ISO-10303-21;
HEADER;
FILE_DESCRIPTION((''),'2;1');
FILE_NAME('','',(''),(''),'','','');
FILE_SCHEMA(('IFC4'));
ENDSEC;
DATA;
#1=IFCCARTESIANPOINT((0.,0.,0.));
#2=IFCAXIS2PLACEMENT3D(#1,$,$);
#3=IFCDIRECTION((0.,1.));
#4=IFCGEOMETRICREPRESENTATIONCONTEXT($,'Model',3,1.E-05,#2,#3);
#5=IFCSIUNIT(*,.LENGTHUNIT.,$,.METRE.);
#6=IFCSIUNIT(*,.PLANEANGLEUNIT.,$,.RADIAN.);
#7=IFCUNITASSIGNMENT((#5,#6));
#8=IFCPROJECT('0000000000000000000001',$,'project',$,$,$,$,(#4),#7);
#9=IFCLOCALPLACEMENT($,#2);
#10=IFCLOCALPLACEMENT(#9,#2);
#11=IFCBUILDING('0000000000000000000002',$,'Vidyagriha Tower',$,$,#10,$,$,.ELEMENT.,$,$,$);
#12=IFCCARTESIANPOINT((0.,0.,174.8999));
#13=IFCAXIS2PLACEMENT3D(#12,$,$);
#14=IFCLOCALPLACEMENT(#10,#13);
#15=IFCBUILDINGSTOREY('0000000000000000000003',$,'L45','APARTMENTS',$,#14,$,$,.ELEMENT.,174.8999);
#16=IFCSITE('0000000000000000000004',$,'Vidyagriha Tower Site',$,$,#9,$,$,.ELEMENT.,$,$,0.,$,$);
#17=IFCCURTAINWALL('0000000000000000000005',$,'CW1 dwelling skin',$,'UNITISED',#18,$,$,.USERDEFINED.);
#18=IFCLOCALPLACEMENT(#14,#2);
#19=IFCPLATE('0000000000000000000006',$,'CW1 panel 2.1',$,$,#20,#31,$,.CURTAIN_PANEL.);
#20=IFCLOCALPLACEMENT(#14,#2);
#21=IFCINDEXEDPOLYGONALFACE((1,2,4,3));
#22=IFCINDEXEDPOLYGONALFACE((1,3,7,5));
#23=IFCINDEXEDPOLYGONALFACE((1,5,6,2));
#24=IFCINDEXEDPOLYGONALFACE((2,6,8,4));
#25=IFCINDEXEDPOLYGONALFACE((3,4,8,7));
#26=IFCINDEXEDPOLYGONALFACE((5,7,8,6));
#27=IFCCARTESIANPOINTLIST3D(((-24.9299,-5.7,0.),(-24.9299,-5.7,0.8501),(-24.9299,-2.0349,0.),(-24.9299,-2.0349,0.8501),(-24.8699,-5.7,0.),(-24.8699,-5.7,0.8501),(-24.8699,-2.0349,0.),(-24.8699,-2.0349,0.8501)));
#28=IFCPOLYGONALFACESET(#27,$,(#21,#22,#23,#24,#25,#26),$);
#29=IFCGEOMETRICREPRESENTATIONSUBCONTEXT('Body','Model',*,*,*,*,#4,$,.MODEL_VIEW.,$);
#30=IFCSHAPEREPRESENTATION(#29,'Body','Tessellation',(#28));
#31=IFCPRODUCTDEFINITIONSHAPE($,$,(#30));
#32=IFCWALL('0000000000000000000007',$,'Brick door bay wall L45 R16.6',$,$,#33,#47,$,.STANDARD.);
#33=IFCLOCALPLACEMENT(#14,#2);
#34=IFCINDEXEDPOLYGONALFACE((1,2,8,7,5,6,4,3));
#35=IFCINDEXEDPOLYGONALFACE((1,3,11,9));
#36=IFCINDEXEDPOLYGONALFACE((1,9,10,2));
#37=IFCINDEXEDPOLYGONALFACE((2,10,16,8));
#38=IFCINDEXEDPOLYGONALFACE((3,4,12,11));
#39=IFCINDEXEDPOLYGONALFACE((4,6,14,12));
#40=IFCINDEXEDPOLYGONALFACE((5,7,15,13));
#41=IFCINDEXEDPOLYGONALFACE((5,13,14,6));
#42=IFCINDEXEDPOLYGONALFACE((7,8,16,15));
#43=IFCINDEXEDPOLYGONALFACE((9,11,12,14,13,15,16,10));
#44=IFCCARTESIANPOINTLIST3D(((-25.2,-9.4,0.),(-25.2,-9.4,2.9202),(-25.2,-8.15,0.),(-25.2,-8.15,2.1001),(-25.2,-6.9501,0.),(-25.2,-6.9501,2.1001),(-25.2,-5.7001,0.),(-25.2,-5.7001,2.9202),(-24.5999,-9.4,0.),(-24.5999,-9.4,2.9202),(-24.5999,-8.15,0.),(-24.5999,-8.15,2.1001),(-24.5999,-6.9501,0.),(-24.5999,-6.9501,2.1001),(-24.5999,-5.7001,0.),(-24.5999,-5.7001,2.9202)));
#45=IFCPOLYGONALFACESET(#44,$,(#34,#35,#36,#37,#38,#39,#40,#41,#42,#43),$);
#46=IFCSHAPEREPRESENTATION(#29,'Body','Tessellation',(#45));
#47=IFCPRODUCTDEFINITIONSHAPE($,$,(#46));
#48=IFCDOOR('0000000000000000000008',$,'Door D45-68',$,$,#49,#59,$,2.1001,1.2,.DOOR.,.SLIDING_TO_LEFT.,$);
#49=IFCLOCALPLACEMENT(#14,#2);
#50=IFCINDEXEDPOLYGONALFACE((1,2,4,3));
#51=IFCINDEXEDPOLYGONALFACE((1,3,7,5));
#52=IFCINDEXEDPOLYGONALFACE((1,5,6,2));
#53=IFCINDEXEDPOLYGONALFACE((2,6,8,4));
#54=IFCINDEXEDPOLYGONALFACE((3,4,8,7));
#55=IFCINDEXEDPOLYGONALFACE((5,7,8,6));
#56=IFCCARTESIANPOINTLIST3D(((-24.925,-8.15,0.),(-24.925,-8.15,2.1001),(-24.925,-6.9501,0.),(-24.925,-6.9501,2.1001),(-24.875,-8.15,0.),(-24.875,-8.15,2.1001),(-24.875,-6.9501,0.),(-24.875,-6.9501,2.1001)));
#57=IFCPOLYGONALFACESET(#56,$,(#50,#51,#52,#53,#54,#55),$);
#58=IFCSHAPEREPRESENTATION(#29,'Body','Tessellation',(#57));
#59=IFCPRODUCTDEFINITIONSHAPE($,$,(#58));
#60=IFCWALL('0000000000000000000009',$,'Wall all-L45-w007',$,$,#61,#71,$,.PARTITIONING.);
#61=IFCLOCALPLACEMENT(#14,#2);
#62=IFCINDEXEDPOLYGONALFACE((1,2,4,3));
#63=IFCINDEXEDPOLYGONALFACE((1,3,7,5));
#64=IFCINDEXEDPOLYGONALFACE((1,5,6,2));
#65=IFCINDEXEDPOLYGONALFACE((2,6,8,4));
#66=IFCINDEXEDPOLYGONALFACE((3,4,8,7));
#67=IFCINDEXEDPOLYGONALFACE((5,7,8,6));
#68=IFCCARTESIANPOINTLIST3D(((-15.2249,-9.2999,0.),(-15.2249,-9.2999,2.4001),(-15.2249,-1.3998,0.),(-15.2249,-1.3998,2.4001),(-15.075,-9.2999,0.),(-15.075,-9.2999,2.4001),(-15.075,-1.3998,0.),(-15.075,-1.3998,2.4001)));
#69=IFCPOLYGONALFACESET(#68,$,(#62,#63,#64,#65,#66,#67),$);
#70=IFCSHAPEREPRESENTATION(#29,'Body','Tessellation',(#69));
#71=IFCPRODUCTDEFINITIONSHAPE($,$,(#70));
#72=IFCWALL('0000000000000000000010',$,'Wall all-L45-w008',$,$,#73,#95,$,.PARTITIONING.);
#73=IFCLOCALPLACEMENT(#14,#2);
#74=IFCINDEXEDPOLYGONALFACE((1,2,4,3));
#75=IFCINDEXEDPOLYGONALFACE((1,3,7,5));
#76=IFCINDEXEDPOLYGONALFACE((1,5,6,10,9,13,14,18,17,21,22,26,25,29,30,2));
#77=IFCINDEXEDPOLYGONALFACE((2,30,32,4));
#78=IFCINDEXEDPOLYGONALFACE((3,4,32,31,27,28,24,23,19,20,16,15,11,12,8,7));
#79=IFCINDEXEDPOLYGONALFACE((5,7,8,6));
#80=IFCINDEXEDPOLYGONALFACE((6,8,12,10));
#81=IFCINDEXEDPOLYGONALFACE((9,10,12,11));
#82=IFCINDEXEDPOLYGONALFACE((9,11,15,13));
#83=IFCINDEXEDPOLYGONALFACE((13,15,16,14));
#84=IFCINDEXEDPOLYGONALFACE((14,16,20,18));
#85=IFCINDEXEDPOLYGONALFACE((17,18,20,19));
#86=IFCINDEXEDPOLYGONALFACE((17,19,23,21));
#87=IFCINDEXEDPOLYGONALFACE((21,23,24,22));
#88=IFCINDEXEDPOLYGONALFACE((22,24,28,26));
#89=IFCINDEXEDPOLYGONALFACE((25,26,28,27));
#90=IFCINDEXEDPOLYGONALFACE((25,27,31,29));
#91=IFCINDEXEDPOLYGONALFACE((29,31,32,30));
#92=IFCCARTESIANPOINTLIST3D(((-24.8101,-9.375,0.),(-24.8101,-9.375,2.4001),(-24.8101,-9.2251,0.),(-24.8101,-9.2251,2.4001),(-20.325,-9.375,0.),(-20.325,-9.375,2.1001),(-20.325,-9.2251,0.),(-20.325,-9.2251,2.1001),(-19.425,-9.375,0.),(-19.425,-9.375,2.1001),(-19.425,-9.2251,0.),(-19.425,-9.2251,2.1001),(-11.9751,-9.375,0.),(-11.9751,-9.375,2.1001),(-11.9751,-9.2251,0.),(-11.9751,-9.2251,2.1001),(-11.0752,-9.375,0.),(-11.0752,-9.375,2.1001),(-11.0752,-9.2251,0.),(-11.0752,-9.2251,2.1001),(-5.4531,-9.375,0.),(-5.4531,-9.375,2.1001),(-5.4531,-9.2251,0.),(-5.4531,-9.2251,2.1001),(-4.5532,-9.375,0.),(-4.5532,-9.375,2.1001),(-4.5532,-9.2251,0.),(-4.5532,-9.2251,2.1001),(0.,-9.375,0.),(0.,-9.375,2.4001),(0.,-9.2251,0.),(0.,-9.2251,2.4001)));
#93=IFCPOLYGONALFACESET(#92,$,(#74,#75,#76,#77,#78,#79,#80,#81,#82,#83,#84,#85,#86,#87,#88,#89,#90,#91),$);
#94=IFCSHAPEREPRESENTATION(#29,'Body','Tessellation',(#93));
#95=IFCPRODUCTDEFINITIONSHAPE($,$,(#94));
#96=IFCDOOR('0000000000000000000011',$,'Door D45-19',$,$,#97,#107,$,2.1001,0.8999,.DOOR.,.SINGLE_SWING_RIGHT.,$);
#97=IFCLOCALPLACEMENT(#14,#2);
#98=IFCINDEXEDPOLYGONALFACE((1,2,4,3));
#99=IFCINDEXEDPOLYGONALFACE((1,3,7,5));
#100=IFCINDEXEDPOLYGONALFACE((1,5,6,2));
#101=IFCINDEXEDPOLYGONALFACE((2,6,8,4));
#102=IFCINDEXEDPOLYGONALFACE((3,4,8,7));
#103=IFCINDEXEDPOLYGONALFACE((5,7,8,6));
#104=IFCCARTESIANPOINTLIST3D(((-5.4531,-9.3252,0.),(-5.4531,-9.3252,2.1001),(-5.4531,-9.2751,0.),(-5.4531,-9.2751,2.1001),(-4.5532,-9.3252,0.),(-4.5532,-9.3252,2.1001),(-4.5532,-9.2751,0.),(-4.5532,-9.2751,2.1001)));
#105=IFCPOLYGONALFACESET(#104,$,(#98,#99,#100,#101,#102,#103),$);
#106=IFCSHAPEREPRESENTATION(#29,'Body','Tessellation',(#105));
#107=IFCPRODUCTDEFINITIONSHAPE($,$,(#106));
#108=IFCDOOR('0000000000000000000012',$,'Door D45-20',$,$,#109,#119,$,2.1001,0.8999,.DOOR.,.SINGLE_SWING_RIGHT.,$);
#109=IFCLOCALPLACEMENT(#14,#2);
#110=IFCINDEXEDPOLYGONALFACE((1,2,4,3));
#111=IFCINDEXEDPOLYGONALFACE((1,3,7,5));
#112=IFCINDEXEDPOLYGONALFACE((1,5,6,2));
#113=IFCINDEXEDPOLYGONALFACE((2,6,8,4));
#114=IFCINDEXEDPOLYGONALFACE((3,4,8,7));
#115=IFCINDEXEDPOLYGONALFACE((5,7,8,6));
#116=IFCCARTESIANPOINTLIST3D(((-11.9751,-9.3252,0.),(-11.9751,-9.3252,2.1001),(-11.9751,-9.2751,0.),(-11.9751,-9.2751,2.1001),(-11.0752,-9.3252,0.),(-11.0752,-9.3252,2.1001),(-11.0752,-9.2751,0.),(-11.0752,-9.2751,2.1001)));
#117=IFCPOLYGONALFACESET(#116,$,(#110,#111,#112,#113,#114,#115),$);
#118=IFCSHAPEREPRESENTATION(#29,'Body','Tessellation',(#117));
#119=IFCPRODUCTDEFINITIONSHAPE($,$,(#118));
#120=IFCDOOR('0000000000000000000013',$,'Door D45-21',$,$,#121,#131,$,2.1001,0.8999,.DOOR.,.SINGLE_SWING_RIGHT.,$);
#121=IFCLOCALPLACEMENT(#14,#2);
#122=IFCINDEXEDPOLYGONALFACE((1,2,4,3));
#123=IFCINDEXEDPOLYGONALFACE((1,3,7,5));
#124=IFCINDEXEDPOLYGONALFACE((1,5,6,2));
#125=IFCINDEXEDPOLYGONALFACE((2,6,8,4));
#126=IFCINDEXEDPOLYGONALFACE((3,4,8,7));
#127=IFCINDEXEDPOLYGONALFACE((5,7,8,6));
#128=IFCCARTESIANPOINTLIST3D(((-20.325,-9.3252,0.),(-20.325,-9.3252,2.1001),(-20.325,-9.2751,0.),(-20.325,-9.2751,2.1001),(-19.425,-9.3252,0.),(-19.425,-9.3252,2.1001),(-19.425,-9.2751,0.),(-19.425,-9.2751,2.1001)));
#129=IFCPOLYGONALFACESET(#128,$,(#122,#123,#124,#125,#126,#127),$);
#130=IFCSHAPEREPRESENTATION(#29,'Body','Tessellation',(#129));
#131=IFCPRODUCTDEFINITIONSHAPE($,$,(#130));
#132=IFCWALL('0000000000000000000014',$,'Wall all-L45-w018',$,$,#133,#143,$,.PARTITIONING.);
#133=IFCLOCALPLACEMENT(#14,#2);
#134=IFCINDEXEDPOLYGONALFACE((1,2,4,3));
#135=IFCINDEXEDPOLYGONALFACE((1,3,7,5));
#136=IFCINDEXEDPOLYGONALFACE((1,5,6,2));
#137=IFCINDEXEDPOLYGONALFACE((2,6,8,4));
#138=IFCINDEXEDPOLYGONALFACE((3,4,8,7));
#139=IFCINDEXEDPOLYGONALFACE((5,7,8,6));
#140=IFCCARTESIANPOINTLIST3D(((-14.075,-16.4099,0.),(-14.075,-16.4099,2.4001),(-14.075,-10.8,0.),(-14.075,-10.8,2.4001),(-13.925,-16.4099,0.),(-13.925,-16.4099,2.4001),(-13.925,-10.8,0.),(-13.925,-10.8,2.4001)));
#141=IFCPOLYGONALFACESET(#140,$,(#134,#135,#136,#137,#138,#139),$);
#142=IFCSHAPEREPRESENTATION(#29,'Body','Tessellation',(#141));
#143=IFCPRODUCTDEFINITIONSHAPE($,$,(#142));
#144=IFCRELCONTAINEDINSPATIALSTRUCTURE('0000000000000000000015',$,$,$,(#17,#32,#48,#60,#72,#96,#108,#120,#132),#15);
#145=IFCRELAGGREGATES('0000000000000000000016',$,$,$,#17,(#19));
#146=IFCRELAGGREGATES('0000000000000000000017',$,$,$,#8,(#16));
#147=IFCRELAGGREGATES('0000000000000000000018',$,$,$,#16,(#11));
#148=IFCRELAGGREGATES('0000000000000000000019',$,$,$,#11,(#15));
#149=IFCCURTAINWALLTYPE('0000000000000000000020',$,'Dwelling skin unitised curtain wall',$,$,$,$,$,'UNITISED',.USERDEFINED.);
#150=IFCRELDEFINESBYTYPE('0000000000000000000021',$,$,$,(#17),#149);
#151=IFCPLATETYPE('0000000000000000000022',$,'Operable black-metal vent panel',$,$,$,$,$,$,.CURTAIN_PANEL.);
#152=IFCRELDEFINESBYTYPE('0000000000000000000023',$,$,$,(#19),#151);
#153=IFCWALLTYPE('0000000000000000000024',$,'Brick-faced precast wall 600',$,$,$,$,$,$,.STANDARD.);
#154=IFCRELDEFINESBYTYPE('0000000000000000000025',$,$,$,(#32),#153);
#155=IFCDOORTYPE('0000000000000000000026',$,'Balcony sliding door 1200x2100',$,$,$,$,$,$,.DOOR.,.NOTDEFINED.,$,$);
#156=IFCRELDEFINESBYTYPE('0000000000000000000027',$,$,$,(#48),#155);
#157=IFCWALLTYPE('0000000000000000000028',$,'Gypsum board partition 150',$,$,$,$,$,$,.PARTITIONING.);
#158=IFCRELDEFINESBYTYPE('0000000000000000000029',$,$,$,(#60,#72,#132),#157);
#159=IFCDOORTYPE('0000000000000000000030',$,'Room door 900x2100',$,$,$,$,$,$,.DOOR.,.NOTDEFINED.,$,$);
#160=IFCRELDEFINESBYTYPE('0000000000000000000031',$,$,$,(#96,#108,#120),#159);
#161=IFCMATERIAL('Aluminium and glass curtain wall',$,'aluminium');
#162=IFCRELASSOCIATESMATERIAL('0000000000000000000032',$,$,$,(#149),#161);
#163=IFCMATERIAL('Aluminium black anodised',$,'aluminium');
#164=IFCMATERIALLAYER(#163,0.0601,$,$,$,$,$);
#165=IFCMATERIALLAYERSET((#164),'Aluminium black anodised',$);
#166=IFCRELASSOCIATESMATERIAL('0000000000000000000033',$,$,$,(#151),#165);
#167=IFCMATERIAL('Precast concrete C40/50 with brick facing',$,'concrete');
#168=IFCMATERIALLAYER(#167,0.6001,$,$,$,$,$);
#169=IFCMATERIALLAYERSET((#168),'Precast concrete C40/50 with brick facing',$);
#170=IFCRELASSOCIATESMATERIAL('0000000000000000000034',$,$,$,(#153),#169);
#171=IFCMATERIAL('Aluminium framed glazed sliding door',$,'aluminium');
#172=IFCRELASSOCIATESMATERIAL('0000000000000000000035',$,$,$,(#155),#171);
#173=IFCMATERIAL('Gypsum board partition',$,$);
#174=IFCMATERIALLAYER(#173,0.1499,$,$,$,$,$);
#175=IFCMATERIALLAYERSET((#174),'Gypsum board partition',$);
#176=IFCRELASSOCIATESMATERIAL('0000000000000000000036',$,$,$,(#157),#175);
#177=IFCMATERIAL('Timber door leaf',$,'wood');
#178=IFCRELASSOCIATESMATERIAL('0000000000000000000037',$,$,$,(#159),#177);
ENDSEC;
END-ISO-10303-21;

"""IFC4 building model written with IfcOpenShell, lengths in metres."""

from ifc_helpers import new_model, si_unit, direction, frame, frame_2d, origin, origin_2d, place, context, subcontext, project, spatial, rectangle, extrude, material, layer, layer_set, type_object, element, fill, aggregate, save


model = new_model("IFC4")

# Units and contexts
model_context = context("Model", 3, precision=1e-05, world=origin(), true_north=direction((0.0, 1.0)))
body_context = subcontext(model_context, "Body", "Model", "MODEL_VIEW")
ifc_project = project(units=[si_unit("LENGTHUNIT", "METRE"), si_unit("PLANEANGLEUNIT", "RADIAN")], contexts=[model_context])

# Site, building, storey
site_placement = place(None, origin())
site = spatial("IfcSite", under=ifc_project, at=site_placement, Name="Vidyagriha Tower Site", CompositionType="ELEMENT", RefElevation=0.0)
building_placement = place(site_placement, origin())
building = spatial("IfcBuilding", under=site, at=building_placement, Name="Vidyagriha Tower", CompositionType="ELEMENT")
storey_placement = place(building_placement, frame((0.0, 0.0, 174.8999)))
storey = spatial("IfcBuildingStorey", under=building, at=storey_placement, Name="L45", Description="APARTMENTS", CompositionType="ELEMENT", Elevation=174.8999)

# Curtain wall
ifc_material_1 = material(Name="Aluminium and glass curtain wall", Category="aluminium")
curtain_wall_type = type_object("IfcCurtainWallType", Name="Dwelling skin unitised curtain wall", ElementType="UNITISED", PredefinedType="USERDEFINED", material=ifc_material_1)
curtain_wall_1_placement = place(storey_placement, origin())
curtain_wall_1 = element("IfcCurtainWall", 1, at=curtain_wall_1_placement, inside=storey, type_object=curtain_wall_type, Name="CW1 dwelling skin", ObjectType="UNITISED", PredefinedType="USERDEFINED")

# Plate
ifc_material_2 = material(Name="Aluminium black anodised", Category="aluminium")
ifc_layer_1 = layer(ifc_material_2, 0.0601)
ifc_layer_set_1 = layer_set([ifc_layer_1], Name="Aluminium black anodised")
plate_type_1 = type_object("IfcPlateType", Name="Operable black-metal vent panel", PredefinedType="CURTAIN_PANEL", material=ifc_layer_set_1)
plate_1_placement = place(storey_placement, frame((-24.8999, -3.8674, 0.0), z_axis=(0.0, 0.0, 1.0), x_axis=(0.0, -1.0, 0.0)))
plate_1 = element("IfcPlate", 2, at=plate_1_placement, type_object=plate_type_1, Name="CW1 panel 2.1", PredefinedType="CURTAIN_PANEL", context=body_context, shape_type="SweptSolid", body=[
    extrude(rectangle(XDim=3.665, YDim=0.0601, at=origin_2d()), origin(), (0.0, 0.0, 1.0), 0.8501),
])
aggregate(curtain_wall_1, [plate_1])

# Wall, opening, door
ifc_material_3 = material(Name="Precast concrete C40/50 with brick facing", Category="concrete")
ifc_layer_2 = layer(ifc_material_3, 0.6001)
ifc_layer_set_2 = layer_set([ifc_layer_2], Name="Precast concrete C40/50 with brick facing")
wall_type_1 = type_object("IfcWallType", Name="Brick-faced precast wall 600", PredefinedType="STANDARD", material=ifc_layer_set_2)
wall_1_placement = place(storey_placement, frame((-24.8999, -5.7, 0.0), z_axis=(0.0, 0.0, 1.0), x_axis=(0.0, -1.0, 0.0)))
wall_1 = element("IfcWall", 3, at=wall_1_placement, inside=storey, type_object=wall_type_1, Name="Brick door bay wall L45 R16.6", PredefinedType="STANDARD", context=body_context, shape_type="SweptSolid", body=[
    extrude(rectangle(XDim=3.7, YDim=0.6001, at=frame_2d((1.8501, 0.0))), origin(), (0.0, 0.0, 1.0), 2.9202),
])
opening_1_placement = place(wall_1_placement, frame((1.25, 0.0, 0.0)))
opening_1 = element("IfcOpeningElement", 4, at=opening_1_placement, cuts=wall_1, PredefinedType="OPENING", context=body_context, shape_type="SweptSolid", body=[
    extrude(rectangle(XDim=1.2, YDim=2.1001, at=frame_2d((0.6001, 1.05))), frame((0.0, 0.3101, 0.0), z_axis=(0.0, -1.0, 0.0), x_axis=(1.0, 0.0, 0.0)), (0.0, 0.0, 1.0), 0.6201),
])
ifc_material_4 = material(Name="Aluminium framed glazed sliding door", Category="aluminium")
door_type_1 = type_object("IfcDoorType", Name="Balcony sliding door 1200x2100", OperationType="NOTDEFINED", PredefinedType="DOOR", material=ifc_material_4)
door_1_placement = place(opening_1_placement, origin())
door_1 = element("IfcDoor", 5, at=door_1_placement, inside=storey, type_object=door_type_1, Name="Door D45-68", OperationType="SLIDING_TO_LEFT", OverallHeight=2.1001, OverallWidth=1.2, PredefinedType="DOOR", context=body_context, shape_type="SweptSolid", body=[
    extrude(rectangle(XDim=1.2, YDim=2.1001, at=frame_2d((0.6001, 1.05))), frame((0.0, 0.0249, 0.0), z_axis=(0.0, -1.0, 0.0), x_axis=(1.0, 0.0, 0.0)), (0.0, 0.0, 1.0), 0.05),
])
fill(opening_1, door_1)

# Wall
ifc_material_5 = material(Name="Gypsum board partition")
ifc_layer_3 = layer(ifc_material_5, 0.1499)
ifc_layer_set_3 = layer_set([ifc_layer_3], Name="Gypsum board partition")
wall_type_2 = type_object("IfcWallType", Name="Gypsum board partition 150", PredefinedType="PARTITIONING", material=ifc_layer_set_3)
wall_2_placement = place(storey_placement, frame((-15.1499, -9.3, 0.0), z_axis=(0.0, 0.0, 1.0), x_axis=(0.0, 1.0, 0.0)))
element("IfcWall", 6, at=wall_2_placement, inside=storey, type_object=wall_type_2, Name="Wall all-L45-w007", PredefinedType="PARTITIONING", context=body_context, shape_type="SweptSolid", body=[
    extrude(rectangle(XDim=7.9001, YDim=0.1499, at=frame_2d((3.9502, 0.0))), origin(), (0.0, 0.0, 1.0), 2.4001),
])

# Wall, openings, doors
wall_3_placement = place(storey_placement, frame((-24.8101, -9.3, 0.0)))
wall_3 = element("IfcWall", 7, at=wall_3_placement, inside=storey, type_object=wall_type_2, Name="Wall all-L45-w008", PredefinedType="PARTITIONING", context=body_context, shape_type="SweptSolid", body=[
    extrude(rectangle(XDim=24.8101, YDim=0.1499, at=frame_2d((12.405, 0.0))), origin(), (0.0, 0.0, 1.0), 2.4001),
])
opening_2_placement = place(wall_3_placement, frame((19.3569, 0.0, 0.0)))
opening_2 = element("IfcOpeningElement", 8, at=opening_2_placement, cuts=wall_3, PredefinedType="OPENING", context=body_context, shape_type="SweptSolid", body=[
    extrude(rectangle(XDim=0.8999, YDim=2.1001, at=frame_2d((0.45, 1.05))), frame((0.0, 0.085, 0.0), z_axis=(0.0, -1.0, 0.0), x_axis=(1.0, 0.0, 0.0)), (0.0, 0.0, 1.0), 0.1699),
])
opening_3_placement = place(wall_3_placement, frame((12.835, 0.0, 0.0)))
opening_3 = element("IfcOpeningElement", 9, at=opening_3_placement, cuts=wall_3, PredefinedType="OPENING", context=body_context, shape_type="SweptSolid", body=[
    extrude(rectangle(XDim=0.8999, YDim=2.1001, at=frame_2d((0.45, 1.05))), frame((0.0, 0.085, 0.0), z_axis=(0.0, -1.0, 0.0), x_axis=(1.0, 0.0, 0.0)), (0.0, 0.0, 1.0), 0.1699),
])
opening_4_placement = place(wall_3_placement, frame((4.4851, 0.0, 0.0)))
opening_4 = element("IfcOpeningElement", 10, at=opening_4_placement, cuts=wall_3, PredefinedType="OPENING", context=body_context, shape_type="SweptSolid", body=[
    extrude(rectangle(XDim=0.8999, YDim=2.1001, at=frame_2d((0.45, 1.05))), frame((0.0, 0.085, 0.0), z_axis=(0.0, -1.0, 0.0), x_axis=(1.0, 0.0, 0.0)), (0.0, 0.0, 1.0), 0.1699),
])
ifc_material_6 = material(Name="Timber door leaf", Category="wood")
door_type_2 = type_object("IfcDoorType", Name="Room door 900x2100", OperationType="NOTDEFINED", PredefinedType="DOOR", material=ifc_material_6)
door_2_placement = place(opening_2_placement, origin())
door_2 = element("IfcDoor", 11, at=door_2_placement, inside=storey, type_object=door_type_2, Name="Door D45-19", OperationType="SINGLE_SWING_RIGHT", OverallHeight=2.1001, OverallWidth=0.8999, PredefinedType="DOOR", context=body_context, shape_type="SweptSolid", body=[
    extrude(rectangle(XDim=0.8999, YDim=2.1001, at=frame_2d((0.45, 1.05))), frame((0.0, 0.0249, 0.0), z_axis=(0.0, -1.0, 0.0), x_axis=(1.0, 0.0, 0.0)), (0.0, 0.0, 1.0), 0.05),
])
fill(opening_2, door_2)
door_3_placement = place(opening_3_placement, origin())
door_3 = element("IfcDoor", 12, at=door_3_placement, inside=storey, type_object=door_type_2, Name="Door D45-20", OperationType="SINGLE_SWING_RIGHT", OverallHeight=2.1001, OverallWidth=0.8999, PredefinedType="DOOR", context=body_context, shape_type="SweptSolid", body=[
    extrude(rectangle(XDim=0.8999, YDim=2.1001, at=frame_2d((0.45, 1.05))), frame((0.0, 0.0249, 0.0), z_axis=(0.0, -1.0, 0.0), x_axis=(1.0, 0.0, 0.0)), (0.0, 0.0, 1.0), 0.05),
])
fill(opening_3, door_3)
door_4_placement = place(opening_4_placement, origin())
door_4 = element("IfcDoor", 13, at=door_4_placement, inside=storey, type_object=door_type_2, Name="Door D45-21", OperationType="SINGLE_SWING_RIGHT", OverallHeight=2.1001, OverallWidth=0.8999, PredefinedType="DOOR", context=body_context, shape_type="SweptSolid", body=[
    extrude(rectangle(XDim=0.8999, YDim=2.1001, at=frame_2d((0.45, 1.05))), frame((0.0, 0.0249, 0.0), z_axis=(0.0, -1.0, 0.0), x_axis=(1.0, 0.0, 0.0)), (0.0, 0.0, 1.0), 0.05),
])
fill(opening_4, door_4)

# Wall
wall_4_placement = place(storey_placement, frame((-14.0, -10.8, 0.0), z_axis=(0.0, 0.0, 1.0), x_axis=(0.0, -1.0, 0.0)))
element("IfcWall", 14, at=wall_4_placement, inside=storey, type_object=wall_type_2, Name="Wall all-L45-w018", PredefinedType="PARTITIONING", context=body_context, shape_type="SweptSolid", body=[
    extrude(rectangle(XDim=5.6099, YDim=0.1499, at=frame_2d((2.8049, 0.0))), origin(), (0.0, 0.0, 1.0), 2.4001),
])

save(model, "model.ifc")
